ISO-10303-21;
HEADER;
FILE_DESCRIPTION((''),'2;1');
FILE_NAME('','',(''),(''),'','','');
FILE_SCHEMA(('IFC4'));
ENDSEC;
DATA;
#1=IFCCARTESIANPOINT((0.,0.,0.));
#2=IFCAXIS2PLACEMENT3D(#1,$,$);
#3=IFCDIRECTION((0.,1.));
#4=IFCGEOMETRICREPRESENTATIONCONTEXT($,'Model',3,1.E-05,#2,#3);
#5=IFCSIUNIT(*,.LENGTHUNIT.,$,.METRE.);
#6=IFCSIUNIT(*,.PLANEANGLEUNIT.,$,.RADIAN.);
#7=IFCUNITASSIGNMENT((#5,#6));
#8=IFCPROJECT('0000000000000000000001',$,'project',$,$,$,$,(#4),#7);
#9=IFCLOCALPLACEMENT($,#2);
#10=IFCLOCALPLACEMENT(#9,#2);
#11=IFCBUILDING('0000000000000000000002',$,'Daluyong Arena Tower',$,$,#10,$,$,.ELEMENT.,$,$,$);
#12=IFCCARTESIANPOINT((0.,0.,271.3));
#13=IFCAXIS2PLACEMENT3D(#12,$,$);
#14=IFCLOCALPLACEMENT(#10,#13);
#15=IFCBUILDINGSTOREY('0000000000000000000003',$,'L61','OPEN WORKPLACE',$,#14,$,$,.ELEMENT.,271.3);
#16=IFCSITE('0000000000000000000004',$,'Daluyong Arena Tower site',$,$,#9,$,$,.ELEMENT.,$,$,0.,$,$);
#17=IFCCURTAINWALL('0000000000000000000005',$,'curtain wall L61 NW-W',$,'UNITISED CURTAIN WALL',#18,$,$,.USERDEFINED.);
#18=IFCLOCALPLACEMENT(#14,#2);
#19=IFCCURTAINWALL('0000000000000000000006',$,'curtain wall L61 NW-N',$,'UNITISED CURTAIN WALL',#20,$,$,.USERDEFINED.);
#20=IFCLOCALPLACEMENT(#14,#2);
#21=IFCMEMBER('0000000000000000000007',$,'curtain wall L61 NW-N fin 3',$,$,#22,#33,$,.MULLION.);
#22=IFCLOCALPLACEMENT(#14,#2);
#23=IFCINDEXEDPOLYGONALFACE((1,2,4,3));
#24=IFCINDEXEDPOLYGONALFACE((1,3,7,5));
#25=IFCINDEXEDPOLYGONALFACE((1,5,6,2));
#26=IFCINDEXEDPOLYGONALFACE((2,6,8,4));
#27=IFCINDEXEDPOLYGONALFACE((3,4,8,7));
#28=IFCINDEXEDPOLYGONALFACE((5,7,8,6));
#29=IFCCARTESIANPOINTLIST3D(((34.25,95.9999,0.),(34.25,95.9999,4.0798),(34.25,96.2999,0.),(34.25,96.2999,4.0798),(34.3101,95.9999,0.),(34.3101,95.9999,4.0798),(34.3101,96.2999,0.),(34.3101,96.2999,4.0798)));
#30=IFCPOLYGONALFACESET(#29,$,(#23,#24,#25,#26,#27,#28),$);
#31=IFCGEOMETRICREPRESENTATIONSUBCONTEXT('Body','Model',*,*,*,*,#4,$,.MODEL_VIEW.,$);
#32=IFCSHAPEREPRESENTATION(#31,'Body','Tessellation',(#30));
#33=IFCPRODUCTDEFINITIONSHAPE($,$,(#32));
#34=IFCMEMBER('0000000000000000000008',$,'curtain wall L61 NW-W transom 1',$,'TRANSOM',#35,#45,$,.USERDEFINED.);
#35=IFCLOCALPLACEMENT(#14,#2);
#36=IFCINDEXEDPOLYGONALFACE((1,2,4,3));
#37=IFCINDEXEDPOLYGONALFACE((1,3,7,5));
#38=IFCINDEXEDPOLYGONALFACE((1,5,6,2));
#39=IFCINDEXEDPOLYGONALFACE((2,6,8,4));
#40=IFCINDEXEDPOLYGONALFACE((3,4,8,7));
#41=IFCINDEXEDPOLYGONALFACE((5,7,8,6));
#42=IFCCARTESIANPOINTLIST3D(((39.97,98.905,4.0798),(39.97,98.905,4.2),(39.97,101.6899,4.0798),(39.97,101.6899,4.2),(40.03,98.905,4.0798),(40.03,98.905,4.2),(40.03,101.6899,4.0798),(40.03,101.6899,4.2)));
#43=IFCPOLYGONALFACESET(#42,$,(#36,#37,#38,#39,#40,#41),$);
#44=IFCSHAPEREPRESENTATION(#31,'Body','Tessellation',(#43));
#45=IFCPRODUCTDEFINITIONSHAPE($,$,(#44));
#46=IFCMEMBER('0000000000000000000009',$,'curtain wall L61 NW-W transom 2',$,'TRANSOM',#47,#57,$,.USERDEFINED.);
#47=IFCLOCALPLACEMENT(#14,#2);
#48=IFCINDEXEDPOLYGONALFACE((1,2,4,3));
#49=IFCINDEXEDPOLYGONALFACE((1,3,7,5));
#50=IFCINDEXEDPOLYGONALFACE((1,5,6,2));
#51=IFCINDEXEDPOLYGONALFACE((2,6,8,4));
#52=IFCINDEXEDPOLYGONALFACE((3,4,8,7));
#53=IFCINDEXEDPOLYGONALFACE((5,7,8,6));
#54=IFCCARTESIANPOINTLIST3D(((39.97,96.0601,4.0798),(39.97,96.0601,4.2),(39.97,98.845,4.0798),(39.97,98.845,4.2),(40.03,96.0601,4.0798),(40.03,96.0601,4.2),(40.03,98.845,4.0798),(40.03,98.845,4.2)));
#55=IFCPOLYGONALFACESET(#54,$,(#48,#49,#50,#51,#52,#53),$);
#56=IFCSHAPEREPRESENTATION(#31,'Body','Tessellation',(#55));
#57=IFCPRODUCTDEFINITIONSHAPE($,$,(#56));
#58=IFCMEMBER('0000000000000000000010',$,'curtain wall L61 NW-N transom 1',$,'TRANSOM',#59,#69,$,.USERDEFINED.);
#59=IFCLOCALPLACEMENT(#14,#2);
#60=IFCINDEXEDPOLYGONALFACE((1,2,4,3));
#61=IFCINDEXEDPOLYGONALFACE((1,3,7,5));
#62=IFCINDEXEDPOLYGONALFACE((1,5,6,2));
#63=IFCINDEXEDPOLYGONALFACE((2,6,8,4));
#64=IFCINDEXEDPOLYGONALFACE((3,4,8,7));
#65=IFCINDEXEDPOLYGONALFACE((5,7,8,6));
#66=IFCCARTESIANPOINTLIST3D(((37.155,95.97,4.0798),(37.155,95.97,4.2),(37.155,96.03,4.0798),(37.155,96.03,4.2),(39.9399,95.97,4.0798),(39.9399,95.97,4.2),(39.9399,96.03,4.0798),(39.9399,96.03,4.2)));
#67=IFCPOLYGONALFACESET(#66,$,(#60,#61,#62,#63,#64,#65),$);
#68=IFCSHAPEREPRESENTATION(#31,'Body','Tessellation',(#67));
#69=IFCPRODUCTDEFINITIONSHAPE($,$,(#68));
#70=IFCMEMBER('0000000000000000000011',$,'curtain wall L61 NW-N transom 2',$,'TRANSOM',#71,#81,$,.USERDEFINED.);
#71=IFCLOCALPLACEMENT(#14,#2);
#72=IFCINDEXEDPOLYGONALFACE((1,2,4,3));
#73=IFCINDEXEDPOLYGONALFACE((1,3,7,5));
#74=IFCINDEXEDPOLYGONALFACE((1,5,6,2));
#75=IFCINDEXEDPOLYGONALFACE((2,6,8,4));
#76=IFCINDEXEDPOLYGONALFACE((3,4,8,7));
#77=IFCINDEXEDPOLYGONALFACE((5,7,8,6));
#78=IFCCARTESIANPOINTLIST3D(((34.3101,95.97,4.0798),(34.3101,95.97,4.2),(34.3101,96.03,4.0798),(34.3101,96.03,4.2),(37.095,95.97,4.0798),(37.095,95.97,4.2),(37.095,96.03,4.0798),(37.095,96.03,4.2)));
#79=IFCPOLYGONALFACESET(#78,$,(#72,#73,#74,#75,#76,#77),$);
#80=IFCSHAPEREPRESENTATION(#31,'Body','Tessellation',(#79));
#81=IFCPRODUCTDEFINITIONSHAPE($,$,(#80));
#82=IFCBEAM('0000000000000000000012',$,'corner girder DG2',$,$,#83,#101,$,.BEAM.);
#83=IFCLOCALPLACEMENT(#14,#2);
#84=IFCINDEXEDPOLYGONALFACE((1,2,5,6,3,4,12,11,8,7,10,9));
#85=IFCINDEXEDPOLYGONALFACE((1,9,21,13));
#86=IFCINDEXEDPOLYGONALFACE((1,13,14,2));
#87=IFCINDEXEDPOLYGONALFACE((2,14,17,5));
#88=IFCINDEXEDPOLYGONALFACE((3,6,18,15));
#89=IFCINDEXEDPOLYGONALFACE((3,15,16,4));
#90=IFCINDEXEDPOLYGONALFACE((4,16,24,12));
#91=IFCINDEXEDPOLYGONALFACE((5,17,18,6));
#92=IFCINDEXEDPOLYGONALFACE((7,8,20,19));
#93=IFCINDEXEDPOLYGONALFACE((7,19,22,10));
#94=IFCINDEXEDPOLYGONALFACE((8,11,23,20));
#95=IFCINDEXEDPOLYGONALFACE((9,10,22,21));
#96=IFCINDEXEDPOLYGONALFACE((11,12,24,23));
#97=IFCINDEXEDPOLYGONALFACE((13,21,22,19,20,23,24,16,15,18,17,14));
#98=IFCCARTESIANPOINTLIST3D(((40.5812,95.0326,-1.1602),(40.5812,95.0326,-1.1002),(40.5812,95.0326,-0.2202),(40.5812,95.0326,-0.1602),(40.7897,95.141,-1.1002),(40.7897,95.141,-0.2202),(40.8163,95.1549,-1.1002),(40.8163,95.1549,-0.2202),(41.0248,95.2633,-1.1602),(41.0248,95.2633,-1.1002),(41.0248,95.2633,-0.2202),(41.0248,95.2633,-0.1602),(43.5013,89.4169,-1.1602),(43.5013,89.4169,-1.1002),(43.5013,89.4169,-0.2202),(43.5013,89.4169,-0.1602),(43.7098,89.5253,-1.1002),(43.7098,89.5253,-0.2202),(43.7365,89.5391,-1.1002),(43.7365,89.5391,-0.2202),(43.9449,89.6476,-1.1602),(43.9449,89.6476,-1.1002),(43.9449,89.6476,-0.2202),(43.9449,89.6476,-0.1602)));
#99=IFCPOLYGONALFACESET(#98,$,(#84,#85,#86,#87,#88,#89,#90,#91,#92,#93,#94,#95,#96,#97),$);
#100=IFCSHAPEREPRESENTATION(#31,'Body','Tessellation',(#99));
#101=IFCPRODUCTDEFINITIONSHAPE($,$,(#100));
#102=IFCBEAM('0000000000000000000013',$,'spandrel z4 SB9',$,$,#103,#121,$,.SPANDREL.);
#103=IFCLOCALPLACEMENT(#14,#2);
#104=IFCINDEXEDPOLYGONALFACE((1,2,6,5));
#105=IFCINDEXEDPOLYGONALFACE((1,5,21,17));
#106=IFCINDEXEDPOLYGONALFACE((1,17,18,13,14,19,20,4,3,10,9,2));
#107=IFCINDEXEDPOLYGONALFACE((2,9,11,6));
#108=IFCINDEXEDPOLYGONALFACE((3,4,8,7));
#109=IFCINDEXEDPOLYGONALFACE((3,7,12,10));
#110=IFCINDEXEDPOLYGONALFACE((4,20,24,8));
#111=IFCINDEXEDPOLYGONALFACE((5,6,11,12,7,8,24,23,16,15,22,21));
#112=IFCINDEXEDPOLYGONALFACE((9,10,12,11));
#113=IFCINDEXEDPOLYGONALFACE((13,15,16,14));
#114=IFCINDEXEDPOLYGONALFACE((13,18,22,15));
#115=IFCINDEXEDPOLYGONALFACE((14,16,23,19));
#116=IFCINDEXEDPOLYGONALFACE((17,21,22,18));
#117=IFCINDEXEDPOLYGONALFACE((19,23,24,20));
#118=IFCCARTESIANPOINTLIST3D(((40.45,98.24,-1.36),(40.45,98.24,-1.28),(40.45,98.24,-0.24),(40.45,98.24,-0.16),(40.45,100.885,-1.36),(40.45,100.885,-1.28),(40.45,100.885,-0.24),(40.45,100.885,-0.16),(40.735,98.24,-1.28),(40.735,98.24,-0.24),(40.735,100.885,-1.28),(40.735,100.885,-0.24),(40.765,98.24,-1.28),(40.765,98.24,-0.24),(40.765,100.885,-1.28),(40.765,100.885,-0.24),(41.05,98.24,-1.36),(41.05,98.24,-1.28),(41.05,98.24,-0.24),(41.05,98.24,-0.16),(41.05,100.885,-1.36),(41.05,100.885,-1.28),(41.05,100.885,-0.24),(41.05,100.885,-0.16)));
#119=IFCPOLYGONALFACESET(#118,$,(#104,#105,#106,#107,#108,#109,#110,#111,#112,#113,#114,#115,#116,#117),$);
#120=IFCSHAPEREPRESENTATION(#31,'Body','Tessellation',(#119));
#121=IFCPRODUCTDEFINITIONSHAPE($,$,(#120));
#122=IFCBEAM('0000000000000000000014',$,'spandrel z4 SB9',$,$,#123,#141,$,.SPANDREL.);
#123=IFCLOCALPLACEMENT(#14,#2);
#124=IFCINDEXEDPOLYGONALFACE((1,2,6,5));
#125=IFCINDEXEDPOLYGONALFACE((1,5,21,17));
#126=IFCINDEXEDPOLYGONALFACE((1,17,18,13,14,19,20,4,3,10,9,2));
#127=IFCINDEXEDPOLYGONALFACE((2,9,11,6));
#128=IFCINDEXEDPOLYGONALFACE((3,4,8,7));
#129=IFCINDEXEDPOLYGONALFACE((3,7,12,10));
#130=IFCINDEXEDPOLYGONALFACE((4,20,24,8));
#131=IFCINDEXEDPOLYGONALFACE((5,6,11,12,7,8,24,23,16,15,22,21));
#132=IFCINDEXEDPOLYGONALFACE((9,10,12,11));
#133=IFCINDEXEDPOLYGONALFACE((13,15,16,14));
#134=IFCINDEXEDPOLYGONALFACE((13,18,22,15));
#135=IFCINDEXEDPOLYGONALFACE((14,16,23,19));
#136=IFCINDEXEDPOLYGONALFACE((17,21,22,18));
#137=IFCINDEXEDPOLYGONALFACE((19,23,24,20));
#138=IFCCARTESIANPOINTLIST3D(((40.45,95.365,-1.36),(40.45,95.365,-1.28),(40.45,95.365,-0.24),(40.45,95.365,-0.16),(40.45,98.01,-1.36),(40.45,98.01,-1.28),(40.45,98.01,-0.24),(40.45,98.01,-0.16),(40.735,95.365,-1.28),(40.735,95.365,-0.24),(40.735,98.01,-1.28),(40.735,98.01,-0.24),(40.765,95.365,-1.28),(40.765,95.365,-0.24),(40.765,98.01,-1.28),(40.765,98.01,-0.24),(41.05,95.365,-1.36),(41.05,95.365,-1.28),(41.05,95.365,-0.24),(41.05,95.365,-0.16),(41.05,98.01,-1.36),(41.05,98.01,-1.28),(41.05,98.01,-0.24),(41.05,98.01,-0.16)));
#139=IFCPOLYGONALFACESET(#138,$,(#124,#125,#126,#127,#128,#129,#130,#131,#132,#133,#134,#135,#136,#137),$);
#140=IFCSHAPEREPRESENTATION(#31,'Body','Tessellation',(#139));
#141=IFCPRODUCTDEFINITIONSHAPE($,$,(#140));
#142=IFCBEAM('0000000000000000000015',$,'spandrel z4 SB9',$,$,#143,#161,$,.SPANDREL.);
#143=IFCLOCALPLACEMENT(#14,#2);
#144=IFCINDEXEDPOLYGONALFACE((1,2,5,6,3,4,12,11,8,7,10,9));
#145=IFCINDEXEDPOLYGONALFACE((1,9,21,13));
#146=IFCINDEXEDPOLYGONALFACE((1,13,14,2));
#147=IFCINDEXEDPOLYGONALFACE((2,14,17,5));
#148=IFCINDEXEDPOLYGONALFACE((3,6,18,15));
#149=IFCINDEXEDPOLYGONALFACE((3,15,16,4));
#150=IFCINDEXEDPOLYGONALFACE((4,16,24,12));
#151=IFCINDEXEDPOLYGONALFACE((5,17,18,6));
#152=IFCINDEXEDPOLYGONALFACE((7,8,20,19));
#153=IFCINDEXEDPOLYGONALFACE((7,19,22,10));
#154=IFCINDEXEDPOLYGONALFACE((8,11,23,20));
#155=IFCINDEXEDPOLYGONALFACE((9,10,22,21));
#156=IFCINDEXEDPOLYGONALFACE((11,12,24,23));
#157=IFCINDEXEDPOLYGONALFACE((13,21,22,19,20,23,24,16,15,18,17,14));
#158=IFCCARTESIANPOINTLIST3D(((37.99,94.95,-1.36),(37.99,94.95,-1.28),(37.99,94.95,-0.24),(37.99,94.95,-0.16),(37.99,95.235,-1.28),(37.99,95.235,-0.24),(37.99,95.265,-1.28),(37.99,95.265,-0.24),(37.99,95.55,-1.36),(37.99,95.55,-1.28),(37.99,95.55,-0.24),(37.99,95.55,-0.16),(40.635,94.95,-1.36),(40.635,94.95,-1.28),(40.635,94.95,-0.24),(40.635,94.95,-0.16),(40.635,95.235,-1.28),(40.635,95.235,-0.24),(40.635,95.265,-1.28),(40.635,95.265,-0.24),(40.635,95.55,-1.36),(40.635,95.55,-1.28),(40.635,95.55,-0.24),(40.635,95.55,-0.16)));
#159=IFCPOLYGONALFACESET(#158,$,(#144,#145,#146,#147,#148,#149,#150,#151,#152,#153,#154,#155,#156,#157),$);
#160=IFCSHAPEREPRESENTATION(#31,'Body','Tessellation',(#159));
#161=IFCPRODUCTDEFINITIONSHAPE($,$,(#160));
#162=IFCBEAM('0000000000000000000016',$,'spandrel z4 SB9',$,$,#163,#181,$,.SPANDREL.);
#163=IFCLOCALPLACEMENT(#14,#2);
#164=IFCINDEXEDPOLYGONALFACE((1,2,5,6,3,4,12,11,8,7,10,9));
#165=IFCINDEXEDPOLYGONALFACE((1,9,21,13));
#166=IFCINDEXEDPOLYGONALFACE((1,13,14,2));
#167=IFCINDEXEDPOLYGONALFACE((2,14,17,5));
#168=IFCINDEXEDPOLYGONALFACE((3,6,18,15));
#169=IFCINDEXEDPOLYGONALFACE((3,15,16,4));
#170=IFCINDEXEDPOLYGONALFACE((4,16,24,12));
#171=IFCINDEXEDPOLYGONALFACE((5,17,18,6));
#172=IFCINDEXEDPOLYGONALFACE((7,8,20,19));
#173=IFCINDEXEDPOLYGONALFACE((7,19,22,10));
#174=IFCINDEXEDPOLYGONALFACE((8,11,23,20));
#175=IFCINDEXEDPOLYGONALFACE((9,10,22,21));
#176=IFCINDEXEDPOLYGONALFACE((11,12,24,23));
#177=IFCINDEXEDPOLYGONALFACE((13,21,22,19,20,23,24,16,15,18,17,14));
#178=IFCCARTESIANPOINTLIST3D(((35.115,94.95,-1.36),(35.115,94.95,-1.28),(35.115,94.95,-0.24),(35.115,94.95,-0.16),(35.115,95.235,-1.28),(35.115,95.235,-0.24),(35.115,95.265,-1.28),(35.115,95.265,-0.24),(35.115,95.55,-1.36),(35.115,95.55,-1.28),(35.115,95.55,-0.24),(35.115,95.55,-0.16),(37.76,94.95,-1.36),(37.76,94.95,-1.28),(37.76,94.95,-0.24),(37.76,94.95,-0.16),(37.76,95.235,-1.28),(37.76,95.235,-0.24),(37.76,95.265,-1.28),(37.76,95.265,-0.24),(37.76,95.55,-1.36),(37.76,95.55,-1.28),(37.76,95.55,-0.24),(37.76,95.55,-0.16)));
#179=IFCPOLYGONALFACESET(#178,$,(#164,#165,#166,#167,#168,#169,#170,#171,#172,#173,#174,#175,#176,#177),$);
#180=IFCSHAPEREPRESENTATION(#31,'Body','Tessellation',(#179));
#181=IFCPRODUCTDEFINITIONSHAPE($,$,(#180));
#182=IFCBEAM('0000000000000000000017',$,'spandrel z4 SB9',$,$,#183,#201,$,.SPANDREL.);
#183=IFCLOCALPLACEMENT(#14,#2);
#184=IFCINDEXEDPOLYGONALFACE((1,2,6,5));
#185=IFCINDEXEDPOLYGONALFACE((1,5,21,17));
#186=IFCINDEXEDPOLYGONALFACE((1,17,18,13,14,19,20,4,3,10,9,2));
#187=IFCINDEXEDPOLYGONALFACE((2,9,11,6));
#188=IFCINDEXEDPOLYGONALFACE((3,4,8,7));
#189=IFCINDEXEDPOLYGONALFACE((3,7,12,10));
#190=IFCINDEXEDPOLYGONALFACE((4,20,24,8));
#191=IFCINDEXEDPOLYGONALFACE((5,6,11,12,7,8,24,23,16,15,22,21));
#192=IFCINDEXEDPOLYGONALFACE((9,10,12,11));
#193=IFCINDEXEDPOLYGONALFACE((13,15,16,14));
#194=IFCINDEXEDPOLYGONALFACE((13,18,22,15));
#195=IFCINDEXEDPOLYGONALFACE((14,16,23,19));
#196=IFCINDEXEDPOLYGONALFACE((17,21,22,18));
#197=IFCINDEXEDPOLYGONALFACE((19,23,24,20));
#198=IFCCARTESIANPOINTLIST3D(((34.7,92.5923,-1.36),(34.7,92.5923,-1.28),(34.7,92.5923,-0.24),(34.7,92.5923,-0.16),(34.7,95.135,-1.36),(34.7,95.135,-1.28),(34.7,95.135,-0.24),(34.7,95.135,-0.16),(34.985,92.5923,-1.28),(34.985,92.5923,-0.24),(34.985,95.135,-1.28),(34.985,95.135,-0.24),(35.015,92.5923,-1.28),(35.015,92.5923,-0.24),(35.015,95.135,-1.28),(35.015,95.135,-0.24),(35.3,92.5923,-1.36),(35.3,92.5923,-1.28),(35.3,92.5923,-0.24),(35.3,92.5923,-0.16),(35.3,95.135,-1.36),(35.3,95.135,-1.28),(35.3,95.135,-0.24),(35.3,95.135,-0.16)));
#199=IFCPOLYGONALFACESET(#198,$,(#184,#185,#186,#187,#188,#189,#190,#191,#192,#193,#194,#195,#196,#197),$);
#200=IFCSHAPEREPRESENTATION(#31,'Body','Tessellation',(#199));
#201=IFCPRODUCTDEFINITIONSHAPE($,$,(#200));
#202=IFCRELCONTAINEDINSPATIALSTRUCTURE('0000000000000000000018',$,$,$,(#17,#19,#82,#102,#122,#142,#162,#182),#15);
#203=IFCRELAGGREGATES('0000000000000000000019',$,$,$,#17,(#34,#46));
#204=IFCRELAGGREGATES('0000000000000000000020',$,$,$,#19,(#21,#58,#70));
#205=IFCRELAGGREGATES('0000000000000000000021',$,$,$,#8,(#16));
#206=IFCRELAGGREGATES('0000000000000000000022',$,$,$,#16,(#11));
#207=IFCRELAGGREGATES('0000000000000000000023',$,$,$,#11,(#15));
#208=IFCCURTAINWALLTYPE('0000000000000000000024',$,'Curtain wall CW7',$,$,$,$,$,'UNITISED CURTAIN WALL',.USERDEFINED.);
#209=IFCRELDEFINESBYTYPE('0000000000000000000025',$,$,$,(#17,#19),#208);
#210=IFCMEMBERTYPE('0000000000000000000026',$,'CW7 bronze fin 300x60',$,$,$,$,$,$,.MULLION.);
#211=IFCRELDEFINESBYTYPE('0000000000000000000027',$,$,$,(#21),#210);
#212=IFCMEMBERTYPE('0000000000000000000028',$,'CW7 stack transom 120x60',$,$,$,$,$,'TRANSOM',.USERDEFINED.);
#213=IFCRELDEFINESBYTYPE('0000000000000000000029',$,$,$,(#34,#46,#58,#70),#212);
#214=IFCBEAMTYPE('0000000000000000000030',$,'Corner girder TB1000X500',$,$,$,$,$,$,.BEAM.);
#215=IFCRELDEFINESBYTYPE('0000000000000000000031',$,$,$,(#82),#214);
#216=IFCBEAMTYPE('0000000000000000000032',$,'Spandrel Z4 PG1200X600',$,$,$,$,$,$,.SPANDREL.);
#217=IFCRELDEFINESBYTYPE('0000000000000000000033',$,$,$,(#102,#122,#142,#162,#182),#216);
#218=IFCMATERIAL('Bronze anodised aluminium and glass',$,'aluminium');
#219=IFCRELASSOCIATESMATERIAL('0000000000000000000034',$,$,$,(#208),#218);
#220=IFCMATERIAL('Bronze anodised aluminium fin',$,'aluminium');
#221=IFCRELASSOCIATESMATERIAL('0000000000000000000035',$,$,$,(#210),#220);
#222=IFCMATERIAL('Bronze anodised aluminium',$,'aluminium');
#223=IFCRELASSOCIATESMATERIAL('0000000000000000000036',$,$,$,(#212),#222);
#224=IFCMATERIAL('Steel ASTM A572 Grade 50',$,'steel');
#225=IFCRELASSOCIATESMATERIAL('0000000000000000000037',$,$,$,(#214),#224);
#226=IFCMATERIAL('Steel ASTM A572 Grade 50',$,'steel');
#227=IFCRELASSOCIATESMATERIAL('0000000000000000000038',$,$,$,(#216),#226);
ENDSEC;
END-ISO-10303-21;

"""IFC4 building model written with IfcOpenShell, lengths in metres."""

from ifc_helpers import new_model, si_unit, direction, frame, origin, origin_2d, place, context, subcontext, project, spatial, rectangle, i_section, extrude, material, material_profile, profile_set, type_object, element, aggregate, save


model = new_model("IFC4")

# Units and contexts
model_context = context("Model", 3, precision=1e-05, world=origin(), true_north=direction((0.0, 1.0)))
body_context = subcontext(model_context, "Body", "Model", "MODEL_VIEW")
ifc_project = project(units=[si_unit("LENGTHUNIT", "METRE"), si_unit("PLANEANGLEUNIT", "RADIAN")], contexts=[model_context])

# Site, building, storey
site_placement = place(None, origin())
site = spatial("IfcSite", under=ifc_project, at=site_placement, Name="Daluyong Arena Tower site", CompositionType="ELEMENT", RefElevation=0.0)
building_placement = place(site_placement, origin())
building = spatial("IfcBuilding", under=site, at=building_placement, Name="Daluyong Arena Tower", CompositionType="ELEMENT")
storey_placement = place(building_placement, frame((0.0, 0.0, 271.3)))
storey = spatial("IfcBuildingStorey", under=building, at=storey_placement, Name="L61", Description="OPEN WORKPLACE", CompositionType="ELEMENT", Elevation=271.3)

# Curtain walls, member
ifc_material_1 = material(Name="Bronze anodised aluminium and glass", Category="aluminium")
curtain_wall_type_1 = type_object("IfcCurtainWallType", Name="Curtain wall CW7", ElementType="UNITISED CURTAIN WALL", PredefinedType="USERDEFINED", material=ifc_material_1)
curtain_wall_1_placement = place(storey_placement, origin())
curtain_wall_1 = element("IfcCurtainWall", 1, at=curtain_wall_1_placement, inside=storey, type_object=curtain_wall_type_1, Name="curtain wall L61 NW-W", ObjectType="UNITISED CURTAIN WALL", PredefinedType="USERDEFINED")
ifc_material_2 = material(Name="Bronze anodised aluminium fin", Category="aluminium")
ifc_material_profile_1 = material_profile(ifc_material_2, rectangle(XDim=0.3, YDim=0.0601, at=origin_2d()))
ifc_profile_set_1 = profile_set([ifc_material_profile_1], Name="Bronze anodised aluminium fin")
member_type_1 = type_object("IfcMemberType", Name="CW7 bronze fin 300x60", PredefinedType="MULLION", material=ifc_profile_set_1)
curtain_wall_2_placement = place(storey_placement, origin())
curtain_wall_2 = element("IfcCurtainWall", 2, at=curtain_wall_2_placement, inside=storey, type_object=curtain_wall_type_1, Name="curtain wall L61 NW-N", ObjectType="UNITISED CURTAIN WALL", PredefinedType="USERDEFINED")
member_1_placement = place(storey_placement, frame((34.28, 96.1499, 0.0), z_axis=(0.0, 0.0, 1.0), x_axis=(0.0, -1.0, 0.0)))
member_1 = element("IfcMember", 3, at=member_1_placement, type_object=member_type_1, Name="curtain wall L61 NW-N fin 3", PredefinedType="MULLION", context=body_context, shape_type="SweptSolid", body=[
    extrude(rectangle(XDim=0.3, YDim=0.0601, at=origin_2d()), origin(), (0.0, 0.0, 1.0), 4.0798),
])

# Members
ifc_material_3 = material(Name="Bronze anodised aluminium", Category="aluminium")
ifc_material_profile_2 = material_profile(ifc_material_3, rectangle(XDim=0.0601, YDim=0.1201, at=origin_2d()))
ifc_profile_set_2 = profile_set([ifc_material_profile_2], Name="Bronze anodised aluminium")
member_type_2 = type_object("IfcMemberType", Name="CW7 stack transom 120x60", ElementType="TRANSOM", PredefinedType="USERDEFINED", material=ifc_profile_set_2)
member_2_placement = place(storey_placement, frame((40.0, 101.6899, 4.1399), z_axis=(0.0, -1.0, 0.0), x_axis=(1.0, 0.0, 0.0)))
member_2 = element("IfcMember", 4, at=member_2_placement, type_object=member_type_2, Name="curtain wall L61 NW-W transom 1", ObjectType="TRANSOM", PredefinedType="USERDEFINED", context=body_context, shape_type="SweptSolid", body=[
    extrude(rectangle(XDim=0.0601, YDim=0.1201, at=origin_2d()), origin(), (0.0, 0.0, 1.0), 2.7849),
])
member_3_placement = place(storey_placement, frame((40.0, 98.845, 4.1399), z_axis=(0.0, -1.0, 0.0), x_axis=(1.0, 0.0, 0.0)))
member_3 = element("IfcMember", 5, at=member_3_placement, type_object=member_type_2, Name="curtain wall L61 NW-W transom 2", ObjectType="TRANSOM", PredefinedType="USERDEFINED", context=body_context, shape_type="SweptSolid", body=[
    extrude(rectangle(XDim=0.0601, YDim=0.1201, at=origin_2d()), origin(), (0.0, 0.0, 1.0), 2.7849),
])
member_4_placement = place(storey_placement, frame((39.9399, 96.0, 4.1399), z_axis=(-1.0, 0.0, 0.0), x_axis=(0.0, -1.0, 0.0)))
member_4 = element("IfcMember", 6, at=member_4_placement, type_object=member_type_2, Name="curtain wall L61 NW-N transom 1", ObjectType="TRANSOM", PredefinedType="USERDEFINED", context=body_context, shape_type="SweptSolid", body=[
    extrude(rectangle(XDim=0.0601, YDim=0.1201, at=origin_2d()), origin(), (0.0, 0.0, 1.0), 2.7849),
])
member_5_placement = place(storey_placement, frame((37.095, 96.0, 4.1399), z_axis=(-1.0, 0.0, 0.0), x_axis=(0.0, -1.0, 0.0)))
member_5 = element("IfcMember", 7, at=member_5_placement, type_object=member_type_2, Name="curtain wall L61 NW-N transom 2", ObjectType="TRANSOM", PredefinedType="USERDEFINED", context=body_context, shape_type="SweptSolid", body=[
    extrude(rectangle(XDim=0.0601, YDim=0.1201, at=origin_2d()), origin(), (0.0, 0.0, 1.0), 2.7849),
])

# Beams
ifc_material_4 = material(Name="Steel ASTM A572 Grade 50", Category="steel")
ifc_material_profile_3 = material_profile(ifc_material_4, i_section(OverallWidth=0.5, OverallDepth=1.0, WebThickness=0.03, FlangeThickness=0.06, at=origin_2d()))
ifc_profile_set_3 = profile_set([ifc_material_profile_3], Name="Steel ASTM A572 Grade 50")
beam_type_1 = type_object("IfcBeamType", Name="Corner girder TB1000X500", PredefinedType="BEAM", material=ifc_profile_set_3)
beam_1_placement = place(storey_placement, frame((40.803, 95.1479, -0.6602), z_axis=(0.461352, -0.887217, 0.0), x_axis=(0.887217, 0.461352, 0.0)))
element("IfcBeam", 8, at=beam_1_placement, inside=storey, type_object=beam_type_1, Name="corner girder DG2", PredefinedType="BEAM", context=body_context, shape_type="SweptSolid", body=[
    extrude(i_section(OverallWidth=0.5, OverallDepth=1.0, WebThickness=0.03, FlangeThickness=0.06, at=origin_2d()), origin(), (0.0, 0.0, 1.0), 6.3296),
])
ifc_material_5 = material(Name="Steel ASTM A572 Grade 50", Category="steel")
ifc_material_profile_4 = material_profile(ifc_material_5, i_section(OverallWidth=0.6001, OverallDepth=1.2, WebThickness=0.03, FlangeThickness=0.08, at=origin_2d()))
ifc_profile_set_4 = profile_set([ifc_material_profile_4], Name="Steel ASTM A572 Grade 50")
beam_type_2 = type_object("IfcBeamType", Name="Spandrel Z4 PG1200X600", PredefinedType="SPANDREL", material=ifc_profile_set_4)
for number, where, z_axis, x_axis, name in (
    (9, (40.75, 100.885, -0.76), (0.0, -1.0, 0.0), (1.0, 0.0, 0.0), "spandrel z4 SB9"),
    (10, (40.75, 98.01, -0.76), (0.0, -1.0, 0.0), (1.0, 0.0, 0.0), "spandrel z4 SB9"),
    (11, (40.635, 95.25, -0.76), (-1.0, 0.0, 0.0), (0.0, -1.0, 0.0), "spandrel z4 SB9"),
    (12, (37.76, 95.25, -0.76), (-1.0, 0.0, 0.0), (0.0, -1.0, 0.0), "spandrel z4 SB9"),
):
    element("IfcBeam", number, at=place(storey_placement, frame(where, z_axis=z_axis, x_axis=x_axis)), inside=storey, type_object=beam_type_2, Name=name, PredefinedType="SPANDREL", context=body_context, shape_type="SweptSolid", body=[
        extrude(i_section(OverallWidth=0.6001, OverallDepth=1.2, WebThickness=0.03, FlangeThickness=0.08, at=origin_2d()), origin(), (0.0, 0.0, 1.0), 2.645),
    ])
beam_2_placement = place(storey_placement, frame((35.0, 95.135, -0.76), z_axis=(0.0, -1.0, 0.0), x_axis=(1.0, 0.0, 0.0)))
element("IfcBeam", 13, at=beam_2_placement, inside=storey, type_object=beam_type_2, Name="spandrel z4 SB9", PredefinedType="SPANDREL", context=body_context, shape_type="SweptSolid", body=[
    extrude(i_section(OverallWidth=0.6001, OverallDepth=1.2, WebThickness=0.03, FlangeThickness=0.08, at=origin_2d()), origin(), (0.0, 0.0, 1.0), 2.5427),
])

aggregate(curtain_wall_1, [member_2, member_3])
aggregate(curtain_wall_2, [member_1, member_4, member_5])

save(model, "model.ifc")
